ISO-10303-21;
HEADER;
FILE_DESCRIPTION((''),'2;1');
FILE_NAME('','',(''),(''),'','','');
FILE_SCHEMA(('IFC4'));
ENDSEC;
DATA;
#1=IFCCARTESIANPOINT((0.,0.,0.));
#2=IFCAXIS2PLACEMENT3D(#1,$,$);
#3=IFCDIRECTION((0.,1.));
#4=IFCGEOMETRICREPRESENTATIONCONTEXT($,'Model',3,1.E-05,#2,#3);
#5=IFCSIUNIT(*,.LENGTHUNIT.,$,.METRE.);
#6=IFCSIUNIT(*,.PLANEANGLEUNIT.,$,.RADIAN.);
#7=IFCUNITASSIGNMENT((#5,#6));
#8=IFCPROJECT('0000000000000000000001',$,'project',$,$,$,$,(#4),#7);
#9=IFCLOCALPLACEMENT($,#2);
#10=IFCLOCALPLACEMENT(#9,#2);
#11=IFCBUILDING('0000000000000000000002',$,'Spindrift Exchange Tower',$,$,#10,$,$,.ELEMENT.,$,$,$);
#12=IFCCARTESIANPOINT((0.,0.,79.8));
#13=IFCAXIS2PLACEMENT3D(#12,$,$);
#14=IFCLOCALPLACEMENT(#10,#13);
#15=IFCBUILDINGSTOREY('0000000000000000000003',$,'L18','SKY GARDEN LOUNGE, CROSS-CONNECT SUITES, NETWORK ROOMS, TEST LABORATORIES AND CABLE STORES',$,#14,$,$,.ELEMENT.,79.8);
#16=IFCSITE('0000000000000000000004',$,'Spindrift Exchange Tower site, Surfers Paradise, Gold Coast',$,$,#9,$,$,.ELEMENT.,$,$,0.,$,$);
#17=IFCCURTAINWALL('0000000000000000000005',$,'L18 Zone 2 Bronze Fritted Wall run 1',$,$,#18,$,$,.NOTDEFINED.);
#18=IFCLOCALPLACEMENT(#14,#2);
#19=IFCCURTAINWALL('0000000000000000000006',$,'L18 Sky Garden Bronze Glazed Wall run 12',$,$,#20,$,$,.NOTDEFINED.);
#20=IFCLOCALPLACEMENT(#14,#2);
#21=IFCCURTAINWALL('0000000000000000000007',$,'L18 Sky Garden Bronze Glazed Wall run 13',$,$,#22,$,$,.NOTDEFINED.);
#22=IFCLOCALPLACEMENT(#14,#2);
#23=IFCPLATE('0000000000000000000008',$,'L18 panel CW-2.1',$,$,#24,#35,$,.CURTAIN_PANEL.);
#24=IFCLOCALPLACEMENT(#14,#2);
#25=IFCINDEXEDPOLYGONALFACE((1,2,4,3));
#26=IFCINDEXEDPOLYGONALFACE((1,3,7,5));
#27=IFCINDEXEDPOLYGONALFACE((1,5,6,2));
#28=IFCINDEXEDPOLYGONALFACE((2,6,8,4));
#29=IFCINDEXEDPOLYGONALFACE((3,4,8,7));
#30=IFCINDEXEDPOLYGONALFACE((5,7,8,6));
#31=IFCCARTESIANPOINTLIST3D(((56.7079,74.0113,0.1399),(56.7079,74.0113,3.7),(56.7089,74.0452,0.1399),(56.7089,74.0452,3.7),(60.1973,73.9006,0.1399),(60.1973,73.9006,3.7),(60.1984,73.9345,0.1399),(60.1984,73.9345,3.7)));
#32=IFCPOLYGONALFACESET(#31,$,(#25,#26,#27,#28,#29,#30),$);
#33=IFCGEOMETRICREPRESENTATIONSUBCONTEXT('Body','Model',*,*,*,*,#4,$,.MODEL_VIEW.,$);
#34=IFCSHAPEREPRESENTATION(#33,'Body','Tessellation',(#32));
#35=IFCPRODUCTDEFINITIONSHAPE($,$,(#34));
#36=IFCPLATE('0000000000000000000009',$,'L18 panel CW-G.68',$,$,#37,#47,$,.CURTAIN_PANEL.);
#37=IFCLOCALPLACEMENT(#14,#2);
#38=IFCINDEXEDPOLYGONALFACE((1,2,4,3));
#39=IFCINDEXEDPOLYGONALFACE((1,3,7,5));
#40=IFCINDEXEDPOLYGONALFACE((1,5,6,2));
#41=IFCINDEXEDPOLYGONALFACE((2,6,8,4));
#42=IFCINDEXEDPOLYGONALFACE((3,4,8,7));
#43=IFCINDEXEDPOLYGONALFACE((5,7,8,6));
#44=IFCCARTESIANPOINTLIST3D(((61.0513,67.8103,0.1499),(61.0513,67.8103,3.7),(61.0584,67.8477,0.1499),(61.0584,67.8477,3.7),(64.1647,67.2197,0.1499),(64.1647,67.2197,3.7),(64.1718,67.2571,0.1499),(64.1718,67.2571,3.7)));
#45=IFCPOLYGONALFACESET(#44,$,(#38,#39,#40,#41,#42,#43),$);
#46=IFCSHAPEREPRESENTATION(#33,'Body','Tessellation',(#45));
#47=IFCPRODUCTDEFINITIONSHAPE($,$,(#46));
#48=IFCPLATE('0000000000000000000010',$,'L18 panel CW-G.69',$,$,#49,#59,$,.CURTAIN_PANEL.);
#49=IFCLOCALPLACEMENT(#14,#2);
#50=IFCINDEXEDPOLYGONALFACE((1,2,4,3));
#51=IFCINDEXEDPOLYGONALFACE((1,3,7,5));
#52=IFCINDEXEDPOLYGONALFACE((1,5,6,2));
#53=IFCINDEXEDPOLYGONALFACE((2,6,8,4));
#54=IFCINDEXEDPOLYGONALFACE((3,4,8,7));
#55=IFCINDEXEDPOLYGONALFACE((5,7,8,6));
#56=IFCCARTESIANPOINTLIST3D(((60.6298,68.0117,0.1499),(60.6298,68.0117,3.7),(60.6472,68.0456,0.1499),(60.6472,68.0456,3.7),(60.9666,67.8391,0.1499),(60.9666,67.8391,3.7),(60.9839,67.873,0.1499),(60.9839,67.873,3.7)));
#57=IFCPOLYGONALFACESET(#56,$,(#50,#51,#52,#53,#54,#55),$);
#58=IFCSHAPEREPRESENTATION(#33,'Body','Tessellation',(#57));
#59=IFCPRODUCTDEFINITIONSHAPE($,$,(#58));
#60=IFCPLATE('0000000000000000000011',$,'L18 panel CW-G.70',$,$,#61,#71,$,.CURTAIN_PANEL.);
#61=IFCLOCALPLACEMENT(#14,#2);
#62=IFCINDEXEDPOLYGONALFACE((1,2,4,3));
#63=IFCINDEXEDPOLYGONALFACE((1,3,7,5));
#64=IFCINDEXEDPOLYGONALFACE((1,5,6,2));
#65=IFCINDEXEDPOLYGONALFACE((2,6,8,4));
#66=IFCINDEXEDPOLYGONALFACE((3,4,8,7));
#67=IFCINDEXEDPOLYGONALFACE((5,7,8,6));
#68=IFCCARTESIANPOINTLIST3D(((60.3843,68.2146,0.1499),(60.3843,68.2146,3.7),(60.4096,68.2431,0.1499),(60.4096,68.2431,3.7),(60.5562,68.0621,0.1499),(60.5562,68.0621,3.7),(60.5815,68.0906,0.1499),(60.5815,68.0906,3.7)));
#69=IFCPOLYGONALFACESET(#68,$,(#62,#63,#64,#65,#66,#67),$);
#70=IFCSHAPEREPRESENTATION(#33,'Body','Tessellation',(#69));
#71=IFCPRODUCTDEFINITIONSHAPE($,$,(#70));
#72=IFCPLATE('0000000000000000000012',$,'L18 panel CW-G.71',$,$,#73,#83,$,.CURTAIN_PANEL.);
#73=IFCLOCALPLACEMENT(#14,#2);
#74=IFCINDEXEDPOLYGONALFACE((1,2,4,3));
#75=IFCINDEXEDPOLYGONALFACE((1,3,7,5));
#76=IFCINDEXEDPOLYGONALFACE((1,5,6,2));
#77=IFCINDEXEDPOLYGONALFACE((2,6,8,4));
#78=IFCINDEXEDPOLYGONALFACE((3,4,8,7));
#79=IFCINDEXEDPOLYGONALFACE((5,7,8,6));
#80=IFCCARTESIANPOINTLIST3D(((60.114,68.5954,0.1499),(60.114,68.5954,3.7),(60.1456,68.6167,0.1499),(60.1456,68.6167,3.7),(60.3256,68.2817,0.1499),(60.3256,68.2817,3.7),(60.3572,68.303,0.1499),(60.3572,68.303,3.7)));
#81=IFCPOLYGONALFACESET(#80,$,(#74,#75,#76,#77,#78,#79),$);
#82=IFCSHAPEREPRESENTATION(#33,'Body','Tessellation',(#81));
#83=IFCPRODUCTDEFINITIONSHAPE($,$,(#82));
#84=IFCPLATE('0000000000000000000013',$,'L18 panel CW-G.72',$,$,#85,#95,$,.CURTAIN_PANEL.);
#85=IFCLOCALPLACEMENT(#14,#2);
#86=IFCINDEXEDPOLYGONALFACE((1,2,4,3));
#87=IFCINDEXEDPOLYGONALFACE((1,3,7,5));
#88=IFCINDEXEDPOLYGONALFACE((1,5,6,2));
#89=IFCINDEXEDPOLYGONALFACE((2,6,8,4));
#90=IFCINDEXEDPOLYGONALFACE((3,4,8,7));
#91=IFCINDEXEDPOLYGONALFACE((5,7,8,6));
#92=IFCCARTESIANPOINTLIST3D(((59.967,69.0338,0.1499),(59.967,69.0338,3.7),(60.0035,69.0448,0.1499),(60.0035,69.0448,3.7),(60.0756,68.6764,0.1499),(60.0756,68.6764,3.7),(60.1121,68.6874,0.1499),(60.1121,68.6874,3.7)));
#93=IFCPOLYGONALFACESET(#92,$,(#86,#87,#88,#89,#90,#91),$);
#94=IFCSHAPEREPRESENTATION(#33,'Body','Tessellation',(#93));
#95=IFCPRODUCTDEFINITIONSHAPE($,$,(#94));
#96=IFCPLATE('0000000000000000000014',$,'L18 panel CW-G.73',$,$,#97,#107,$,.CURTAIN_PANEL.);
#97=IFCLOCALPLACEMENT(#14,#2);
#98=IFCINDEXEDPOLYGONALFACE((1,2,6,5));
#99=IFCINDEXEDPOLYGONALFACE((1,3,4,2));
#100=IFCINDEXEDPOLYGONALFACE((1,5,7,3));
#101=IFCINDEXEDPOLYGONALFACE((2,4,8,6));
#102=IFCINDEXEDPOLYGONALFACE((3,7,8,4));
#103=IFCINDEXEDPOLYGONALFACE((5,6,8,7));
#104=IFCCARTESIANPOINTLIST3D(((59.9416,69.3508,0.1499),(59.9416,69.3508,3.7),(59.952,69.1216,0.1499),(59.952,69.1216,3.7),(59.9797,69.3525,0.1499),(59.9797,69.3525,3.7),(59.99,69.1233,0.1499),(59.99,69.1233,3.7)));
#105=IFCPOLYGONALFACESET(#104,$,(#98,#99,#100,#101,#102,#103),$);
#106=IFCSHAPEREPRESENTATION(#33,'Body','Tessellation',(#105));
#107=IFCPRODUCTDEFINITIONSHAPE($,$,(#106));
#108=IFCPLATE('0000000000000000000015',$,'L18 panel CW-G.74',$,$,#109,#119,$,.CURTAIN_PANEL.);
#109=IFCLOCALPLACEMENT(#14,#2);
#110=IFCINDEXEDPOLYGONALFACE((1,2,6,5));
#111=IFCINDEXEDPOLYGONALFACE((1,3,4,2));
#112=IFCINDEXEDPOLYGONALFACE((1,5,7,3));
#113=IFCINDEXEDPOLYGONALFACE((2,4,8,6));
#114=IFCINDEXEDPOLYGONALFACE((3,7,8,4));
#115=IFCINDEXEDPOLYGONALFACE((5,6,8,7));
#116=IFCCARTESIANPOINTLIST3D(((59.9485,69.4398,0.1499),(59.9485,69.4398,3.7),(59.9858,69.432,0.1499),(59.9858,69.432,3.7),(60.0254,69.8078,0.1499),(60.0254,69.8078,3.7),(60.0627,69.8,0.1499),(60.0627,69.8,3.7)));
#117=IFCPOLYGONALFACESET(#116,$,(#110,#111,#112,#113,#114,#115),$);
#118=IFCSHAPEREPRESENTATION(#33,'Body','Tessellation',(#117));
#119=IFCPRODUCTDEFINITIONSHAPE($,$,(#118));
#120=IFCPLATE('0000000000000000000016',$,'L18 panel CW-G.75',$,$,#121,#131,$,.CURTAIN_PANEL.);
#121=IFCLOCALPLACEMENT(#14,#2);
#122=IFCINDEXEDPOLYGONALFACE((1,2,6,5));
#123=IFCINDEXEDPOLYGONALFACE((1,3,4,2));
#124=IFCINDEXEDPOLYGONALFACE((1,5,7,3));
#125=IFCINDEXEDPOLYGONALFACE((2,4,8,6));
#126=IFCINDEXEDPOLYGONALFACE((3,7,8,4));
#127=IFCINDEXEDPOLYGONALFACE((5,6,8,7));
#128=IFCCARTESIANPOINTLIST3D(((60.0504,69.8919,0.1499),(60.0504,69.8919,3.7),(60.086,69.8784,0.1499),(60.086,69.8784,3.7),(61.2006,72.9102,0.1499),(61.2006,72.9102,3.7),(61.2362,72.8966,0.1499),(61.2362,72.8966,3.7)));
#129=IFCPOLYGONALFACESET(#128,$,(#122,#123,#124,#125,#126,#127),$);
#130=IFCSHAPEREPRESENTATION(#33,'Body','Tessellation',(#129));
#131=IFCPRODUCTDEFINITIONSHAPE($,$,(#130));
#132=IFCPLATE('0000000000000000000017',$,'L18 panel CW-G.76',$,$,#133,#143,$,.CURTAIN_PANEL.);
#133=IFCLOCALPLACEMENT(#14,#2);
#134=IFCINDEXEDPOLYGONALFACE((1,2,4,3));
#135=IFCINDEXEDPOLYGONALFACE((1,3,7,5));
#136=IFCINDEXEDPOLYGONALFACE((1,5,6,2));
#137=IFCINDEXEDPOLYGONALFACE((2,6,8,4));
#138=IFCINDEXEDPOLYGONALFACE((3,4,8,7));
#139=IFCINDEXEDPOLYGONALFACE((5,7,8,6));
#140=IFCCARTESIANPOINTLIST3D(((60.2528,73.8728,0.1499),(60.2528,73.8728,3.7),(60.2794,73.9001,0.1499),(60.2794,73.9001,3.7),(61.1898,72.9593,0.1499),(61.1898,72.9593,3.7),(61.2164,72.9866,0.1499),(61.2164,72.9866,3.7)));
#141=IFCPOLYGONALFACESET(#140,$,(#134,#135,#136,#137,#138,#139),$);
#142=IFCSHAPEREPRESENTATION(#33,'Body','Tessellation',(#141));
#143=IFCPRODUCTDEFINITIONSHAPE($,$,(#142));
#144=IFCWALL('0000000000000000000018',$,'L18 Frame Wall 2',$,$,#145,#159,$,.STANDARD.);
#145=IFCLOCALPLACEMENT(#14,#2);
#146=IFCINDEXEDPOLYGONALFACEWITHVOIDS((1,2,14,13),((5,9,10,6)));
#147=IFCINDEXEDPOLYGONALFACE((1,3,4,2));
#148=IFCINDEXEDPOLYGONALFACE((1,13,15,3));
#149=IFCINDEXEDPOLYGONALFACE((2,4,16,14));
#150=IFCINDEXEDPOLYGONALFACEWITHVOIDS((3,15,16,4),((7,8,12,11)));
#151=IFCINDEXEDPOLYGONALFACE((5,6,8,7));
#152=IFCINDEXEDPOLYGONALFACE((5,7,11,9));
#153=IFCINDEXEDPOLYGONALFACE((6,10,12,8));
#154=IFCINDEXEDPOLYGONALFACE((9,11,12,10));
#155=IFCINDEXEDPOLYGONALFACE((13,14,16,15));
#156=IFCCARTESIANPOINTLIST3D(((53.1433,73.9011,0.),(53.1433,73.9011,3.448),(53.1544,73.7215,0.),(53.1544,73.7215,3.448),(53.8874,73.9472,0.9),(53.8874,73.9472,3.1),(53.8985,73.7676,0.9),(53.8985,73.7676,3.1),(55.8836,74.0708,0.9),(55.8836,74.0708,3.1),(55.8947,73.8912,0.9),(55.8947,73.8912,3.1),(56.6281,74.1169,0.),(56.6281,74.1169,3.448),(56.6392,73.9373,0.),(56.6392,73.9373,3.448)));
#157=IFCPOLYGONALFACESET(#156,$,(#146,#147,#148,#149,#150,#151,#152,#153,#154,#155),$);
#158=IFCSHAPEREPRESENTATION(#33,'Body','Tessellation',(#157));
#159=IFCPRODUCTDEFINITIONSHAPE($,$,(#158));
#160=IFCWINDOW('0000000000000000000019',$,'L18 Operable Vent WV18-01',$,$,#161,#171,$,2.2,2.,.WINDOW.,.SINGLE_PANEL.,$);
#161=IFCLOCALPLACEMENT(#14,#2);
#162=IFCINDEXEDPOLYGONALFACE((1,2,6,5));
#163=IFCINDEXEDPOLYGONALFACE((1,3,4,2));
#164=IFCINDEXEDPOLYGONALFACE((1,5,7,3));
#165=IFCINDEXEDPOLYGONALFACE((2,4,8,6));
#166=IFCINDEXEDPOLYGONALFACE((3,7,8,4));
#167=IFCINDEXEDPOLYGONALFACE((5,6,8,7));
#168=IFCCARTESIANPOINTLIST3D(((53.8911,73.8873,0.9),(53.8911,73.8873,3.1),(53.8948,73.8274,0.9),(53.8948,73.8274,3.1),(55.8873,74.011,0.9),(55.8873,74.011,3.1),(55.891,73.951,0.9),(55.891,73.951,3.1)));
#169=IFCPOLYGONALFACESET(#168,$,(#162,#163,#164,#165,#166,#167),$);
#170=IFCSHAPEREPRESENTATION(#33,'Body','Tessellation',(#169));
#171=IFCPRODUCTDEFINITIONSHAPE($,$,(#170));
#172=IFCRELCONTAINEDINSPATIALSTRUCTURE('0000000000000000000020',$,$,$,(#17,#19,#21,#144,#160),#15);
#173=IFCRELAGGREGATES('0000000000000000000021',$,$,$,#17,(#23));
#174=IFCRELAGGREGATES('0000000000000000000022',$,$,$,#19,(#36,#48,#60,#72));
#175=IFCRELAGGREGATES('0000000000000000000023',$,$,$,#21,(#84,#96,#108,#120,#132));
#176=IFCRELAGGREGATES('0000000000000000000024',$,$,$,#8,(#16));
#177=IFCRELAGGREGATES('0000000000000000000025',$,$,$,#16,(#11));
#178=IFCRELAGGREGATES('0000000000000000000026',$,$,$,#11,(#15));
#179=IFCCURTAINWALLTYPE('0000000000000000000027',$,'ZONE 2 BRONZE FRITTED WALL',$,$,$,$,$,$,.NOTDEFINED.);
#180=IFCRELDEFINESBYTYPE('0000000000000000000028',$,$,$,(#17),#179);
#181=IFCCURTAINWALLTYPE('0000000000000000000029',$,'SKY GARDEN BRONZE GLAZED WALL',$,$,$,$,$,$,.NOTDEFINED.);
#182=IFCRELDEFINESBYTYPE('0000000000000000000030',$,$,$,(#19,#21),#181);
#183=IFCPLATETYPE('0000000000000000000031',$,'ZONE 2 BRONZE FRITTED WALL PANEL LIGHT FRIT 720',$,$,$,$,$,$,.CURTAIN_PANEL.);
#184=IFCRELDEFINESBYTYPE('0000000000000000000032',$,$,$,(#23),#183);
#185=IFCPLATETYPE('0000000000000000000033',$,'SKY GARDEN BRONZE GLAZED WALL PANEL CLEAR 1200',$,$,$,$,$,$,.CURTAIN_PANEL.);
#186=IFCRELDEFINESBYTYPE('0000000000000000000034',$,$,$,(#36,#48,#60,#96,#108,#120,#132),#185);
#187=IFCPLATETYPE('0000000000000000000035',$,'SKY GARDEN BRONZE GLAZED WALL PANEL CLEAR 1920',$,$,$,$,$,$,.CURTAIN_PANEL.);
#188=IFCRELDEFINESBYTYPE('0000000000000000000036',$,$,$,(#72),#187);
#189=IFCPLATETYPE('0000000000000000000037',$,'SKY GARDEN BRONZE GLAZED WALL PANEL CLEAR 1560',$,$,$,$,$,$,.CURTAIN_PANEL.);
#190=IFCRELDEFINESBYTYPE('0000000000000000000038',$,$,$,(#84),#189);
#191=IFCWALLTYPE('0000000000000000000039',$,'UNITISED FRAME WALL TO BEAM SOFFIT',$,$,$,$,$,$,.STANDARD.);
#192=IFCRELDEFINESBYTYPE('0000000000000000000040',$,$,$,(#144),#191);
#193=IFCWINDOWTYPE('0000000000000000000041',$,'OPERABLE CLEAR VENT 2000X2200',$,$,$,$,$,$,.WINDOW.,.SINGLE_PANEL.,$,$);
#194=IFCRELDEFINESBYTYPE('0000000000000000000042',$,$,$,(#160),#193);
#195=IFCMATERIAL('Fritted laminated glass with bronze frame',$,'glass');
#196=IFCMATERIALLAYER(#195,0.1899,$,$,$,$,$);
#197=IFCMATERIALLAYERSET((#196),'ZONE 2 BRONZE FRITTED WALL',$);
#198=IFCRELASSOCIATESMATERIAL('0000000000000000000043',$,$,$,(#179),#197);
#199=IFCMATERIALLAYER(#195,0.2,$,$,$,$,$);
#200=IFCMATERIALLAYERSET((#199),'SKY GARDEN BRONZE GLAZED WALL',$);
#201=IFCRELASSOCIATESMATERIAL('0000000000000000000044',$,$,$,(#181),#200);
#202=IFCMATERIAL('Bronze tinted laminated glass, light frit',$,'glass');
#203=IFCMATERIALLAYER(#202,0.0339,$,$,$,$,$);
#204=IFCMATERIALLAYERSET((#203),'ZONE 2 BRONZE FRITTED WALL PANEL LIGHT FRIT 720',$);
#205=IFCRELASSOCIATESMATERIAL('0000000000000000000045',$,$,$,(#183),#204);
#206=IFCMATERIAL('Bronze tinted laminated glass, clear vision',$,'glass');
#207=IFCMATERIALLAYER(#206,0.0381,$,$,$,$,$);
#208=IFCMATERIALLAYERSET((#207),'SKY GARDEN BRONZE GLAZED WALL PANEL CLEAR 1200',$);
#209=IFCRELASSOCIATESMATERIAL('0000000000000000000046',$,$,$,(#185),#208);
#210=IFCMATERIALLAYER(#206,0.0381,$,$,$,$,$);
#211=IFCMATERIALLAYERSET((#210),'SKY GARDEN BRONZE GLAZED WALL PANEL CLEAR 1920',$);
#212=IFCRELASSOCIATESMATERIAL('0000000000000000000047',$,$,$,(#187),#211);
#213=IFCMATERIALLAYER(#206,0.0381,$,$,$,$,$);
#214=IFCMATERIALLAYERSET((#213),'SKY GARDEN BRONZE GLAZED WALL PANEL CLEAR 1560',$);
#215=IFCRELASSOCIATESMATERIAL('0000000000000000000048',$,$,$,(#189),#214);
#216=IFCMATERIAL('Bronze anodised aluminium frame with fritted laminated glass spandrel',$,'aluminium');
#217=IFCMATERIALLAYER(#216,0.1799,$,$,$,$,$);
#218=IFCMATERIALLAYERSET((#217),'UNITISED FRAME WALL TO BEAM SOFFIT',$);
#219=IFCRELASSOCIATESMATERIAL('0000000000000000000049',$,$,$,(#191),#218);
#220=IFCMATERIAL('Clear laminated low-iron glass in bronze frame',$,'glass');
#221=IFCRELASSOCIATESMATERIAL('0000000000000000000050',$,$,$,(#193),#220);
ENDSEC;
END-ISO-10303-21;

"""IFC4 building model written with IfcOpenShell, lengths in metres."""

from ifc_helpers import new_model, si_unit, direction, frame, frame_2d, origin, origin_2d, place, context, subcontext, project, spatial, rectangle, extrude, source, transform, mapped, material, layer, layer_set, type_object, element, fill, aggregate, save


model = new_model("IFC4")

# Units and contexts
model_context = context("Model", 3, precision=1e-05, world=origin(), true_north=direction((0.0, 1.0)))
body_context = subcontext(model_context, "Body", "Model", "MODEL_VIEW")
ifc_project = project(units=[si_unit("LENGTHUNIT", "METRE"), si_unit("PLANEANGLEUNIT", "RADIAN")], contexts=[model_context])

# Site, building, storey
site_placement = place(None, origin())
site = spatial("IfcSite", under=ifc_project, at=site_placement, Name="Spindrift Exchange Tower site, Surfers Paradise, Gold Coast", CompositionType="ELEMENT", RefElevation=0.0)
building_placement = place(site_placement, origin())
building = spatial("IfcBuilding", under=site, at=building_placement, Name="Spindrift Exchange Tower", CompositionType="ELEMENT")
storey_placement = place(building_placement, frame((0.0, 0.0, 79.8)))
storey = spatial("IfcBuildingStorey", under=building, at=storey_placement, Name="L18", Description="SKY GARDEN LOUNGE, CROSS-CONNECT SUITES, NETWORK ROOMS, TEST LABORATORIES AND CABLE STORES", CompositionType="ELEMENT", Elevation=79.8)

# Curtain walls
ifc_material_1 = material(Name="Fritted laminated glass with bronze frame", Category="glass")
ifc_layer_1 = layer(ifc_material_1, 0.1899)
ifc_layer_set_1 = layer_set([ifc_layer_1], Name="ZONE 2 BRONZE FRITTED WALL")
curtain_wall_type_1 = type_object("IfcCurtainWallType", Name="ZONE 2 BRONZE FRITTED WALL", PredefinedType="NOTDEFINED", material=ifc_layer_set_1)
curtain_wall_1_placement = place(storey_placement, origin())
curtain_wall_1 = element("IfcCurtainWall", 1, at=curtain_wall_1_placement, inside=storey, type_object=curtain_wall_type_1, Name="L18 Zone 2 Bronze Fritted Wall run 1", PredefinedType="NOTDEFINED")
ifc_layer_2 = layer(ifc_material_1, 0.2)
ifc_layer_set_2 = layer_set([ifc_layer_2], Name="SKY GARDEN BRONZE GLAZED WALL")
curtain_wall_type_2 = type_object("IfcCurtainWallType", Name="SKY GARDEN BRONZE GLAZED WALL", PredefinedType="NOTDEFINED", material=ifc_layer_set_2)
curtain_wall_2_placement = place(storey_placement, origin())
curtain_wall_2 = element("IfcCurtainWall", 2, at=curtain_wall_2_placement, inside=storey, type_object=curtain_wall_type_2, Name="L18 Sky Garden Bronze Glazed Wall run 12", PredefinedType="NOTDEFINED")
curtain_wall_3_placement = place(storey_placement, origin())
curtain_wall_3 = element("IfcCurtainWall", 3, at=curtain_wall_3_placement, inside=storey, type_object=curtain_wall_type_2, Name="L18 Sky Garden Bronze Glazed Wall run 13", PredefinedType="NOTDEFINED")

# Plates
ifc_material_2 = material(Name="Bronze tinted laminated glass, light frit", Category="glass")
ifc_layer_3 = layer(ifc_material_2, 0.0339)
ifc_layer_set_3 = layer_set([ifc_layer_3], Name="ZONE 2 BRONZE FRITTED WALL PANEL LIGHT FRIT 720")
plate_type_1 = type_object("IfcPlateType", Name="ZONE 2 BRONZE FRITTED WALL PANEL LIGHT FRIT 720", PredefinedType="CURTAIN_PANEL", material=ifc_layer_set_3)
shared_shape_1 = source(origin(), body_context, "Body", "SweptSolid", [
    extrude(rectangle(XDim=3.4912, YDim=0.0339, at=origin_2d()), origin(), (0.0, 0.0, 1.0), 3.5601),
])
plate_1_placement = place(storey_placement, frame((58.4531, 73.9729, 0.1399), z_axis=(0.0, 0.0, 1.0), x_axis=(-0.999497, 0.031714, 0.0)))
plate_1 = element("IfcPlate", 4, at=plate_1_placement, type_object=plate_type_1, Name="L18 panel CW-2.1", PredefinedType="CURTAIN_PANEL", context=body_context, shape_type="MappedRepresentation", body=[
    mapped(shared_shape_1, transform((0.0, 0.0, 0.0), scale=1.0)),
])
aggregate(curtain_wall_1, [plate_1])
ifc_material_3 = material(Name="Bronze tinted laminated glass, clear vision", Category="glass")
ifc_layer_4 = layer(ifc_material_3, 0.0381)
ifc_layer_set_4 = layer_set([ifc_layer_4], Name="SKY GARDEN BRONZE GLAZED WALL PANEL CLEAR 1200")
plate_type_2 = type_object("IfcPlateType", Name="SKY GARDEN BRONZE GLAZED WALL PANEL CLEAR 1200", PredefinedType="CURTAIN_PANEL", material=ifc_layer_set_4)
shared_shape_2 = source(origin(), body_context, "Body", "SweptSolid", [
    extrude(rectangle(XDim=3.1689, YDim=0.0381, at=origin_2d()), origin(), (0.0, 0.0, 1.0), 3.55),
])
plate_2_placement = place(storey_placement, frame((62.6116, 67.5337, 0.1499), z_axis=(0.0, 0.0, 1.0), x_axis=(-0.982483, 0.186354, 0.0)))
plate_2 = element("IfcPlate", 5, at=plate_2_placement, type_object=plate_type_2, Name="L18 panel CW-G.68", PredefinedType="CURTAIN_PANEL", context=body_context, shape_type="MappedRepresentation", body=[
    mapped(shared_shape_2, transform((0.0, 0.0, 0.0), scale=1.0)),
])
shared_shape_3 = source(origin(), body_context, "Body", "SweptSolid", [
    extrude(rectangle(XDim=0.3784, YDim=0.0381, at=origin_2d()), origin(), (0.0, 0.0, 1.0), 3.55),
])
plate_3_placement = place(storey_placement, frame((60.8069, 67.9424, 0.1499), z_axis=(0.0, 0.0, 1.0), x_axis=(-0.889894, 0.456168, 0.0)))
plate_3 = element("IfcPlate", 6, at=plate_3_placement, type_object=plate_type_2, Name="L18 panel CW-G.69", PredefinedType="CURTAIN_PANEL", context=body_context, shape_type="MappedRepresentation", body=[
    mapped(shared_shape_3, transform((0.0, 0.0, 0.0), scale=1.0)),
])
shared_shape_4 = source(origin(), body_context, "Body", "SweptSolid", [
    extrude(rectangle(XDim=0.2297, YDim=0.0381, at=origin_2d()), origin(), (0.0, 0.0, 1.0), 3.55),
])
plate_4_placement = place(storey_placement, frame((60.4829, 68.1526, 0.1499), z_axis=(0.0, 0.0, 1.0), x_axis=(-0.74811, 0.663575, 0.0)))
plate_4 = element("IfcPlate", 7, at=plate_4_placement, type_object=plate_type_2, Name="L18 panel CW-G.70", PredefinedType="CURTAIN_PANEL", context=body_context, shape_type="MappedRepresentation", body=[
    mapped(shared_shape_4, transform((0.0, 0.0, 0.0), scale=1.0)),
])
ifc_layer_5 = layer(ifc_material_3, 0.0381)
ifc_layer_set_5 = layer_set([ifc_layer_5], Name="SKY GARDEN BRONZE GLAZED WALL PANEL CLEAR 1920")
plate_type_3 = type_object("IfcPlateType", Name="SKY GARDEN BRONZE GLAZED WALL PANEL CLEAR 1920", PredefinedType="CURTAIN_PANEL", material=ifc_layer_set_5)
shared_shape_5 = source(origin(), body_context, "Body", "SweptSolid", [
    extrude(rectangle(XDim=0.3784, YDim=0.0381, at=origin_2d()), origin(), (0.0, 0.0, 1.0), 3.55),
])
plate_5_placement = place(storey_placement, frame((60.2356, 68.4492, 0.1499), z_axis=(0.0, 0.0, 1.0), x_axis=(-0.559272, 0.828984, 0.0)))
plate_5 = element("IfcPlate", 8, at=plate_5_placement, type_object=plate_type_3, Name="L18 panel CW-G.71", PredefinedType="CURTAIN_PANEL", context=body_context, shape_type="MappedRepresentation", body=[
    mapped(shared_shape_5, transform((0.0, 0.0, 0.0), scale=1.0)),
])
aggregate(curtain_wall_2, [plate_2, plate_3, plate_4, plate_5])
ifc_layer_6 = layer(ifc_material_3, 0.0381)
ifc_layer_set_6 = layer_set([ifc_layer_6], Name="SKY GARDEN BRONZE GLAZED WALL PANEL CLEAR 1560")
plate_type_4 = type_object("IfcPlateType", Name="SKY GARDEN BRONZE GLAZED WALL PANEL CLEAR 1560", PredefinedType="CURTAIN_PANEL", material=ifc_layer_set_6)
shared_shape_6 = source(origin(), body_context, "Body", "SweptSolid", [
    extrude(rectangle(XDim=0.3735, YDim=0.0381, at=origin_2d()), origin(), (0.0, 0.0, 1.0), 3.55),
])
plate_6_placement = place(storey_placement, frame((60.0396, 68.8606, 0.1499), z_axis=(0.0, 0.0, 1.0), x_axis=(-0.290727, 0.956806, 0.0)))
plate_6 = element("IfcPlate", 9, at=plate_6_placement, type_object=plate_type_4, Name="L18 panel CW-G.72", PredefinedType="CURTAIN_PANEL", context=body_context, shape_type="MappedRepresentation", body=[
    mapped(shared_shape_6, transform((0.0, 0.0, 0.0), scale=1.0)),
])
shared_shape_7 = source(origin(), body_context, "Body", "SweptSolid", [
    extrude(rectangle(XDim=0.2295, YDim=0.0381, at=origin_2d()), origin(), (0.0, 0.0, 1.0), 3.55),
])
plate_7_placement = place(storey_placement, frame((59.9658, 69.2371, 0.1499), z_axis=(0.0, 0.0, 1.0), x_axis=(-0.045135, 0.998981, 0.0)))
plate_7 = element("IfcPlate", 10, at=plate_7_placement, type_object=plate_type_2, Name="L18 panel CW-G.73", PredefinedType="CURTAIN_PANEL", context=body_context, shape_type="MappedRepresentation", body=[
    mapped(shared_shape_7, transform((0.0, 0.0, 0.0), scale=1.0)),
])
shared_shape_8 = source(origin(), body_context, "Body", "SweptSolid", [
    extrude(rectangle(XDim=0.376, YDim=0.0381, at=origin_2d()), origin(), (0.0, 0.0, 1.0), 3.55),
])
plate_8_placement = place(storey_placement, frame((60.0056, 69.6199, 0.1499), z_axis=(0.0, 0.0, 1.0), x_axis=(0.204535, 0.978859, 0.0)))
plate_8 = element("IfcPlate", 11, at=plate_8_placement, type_object=plate_type_2, Name="L18 panel CW-G.74", PredefinedType="CURTAIN_PANEL", context=body_context, shape_type="MappedRepresentation", body=[
    mapped(shared_shape_8, transform((0.0, 0.0, 0.0), scale=1.0)),
])
shared_shape_9 = source(origin(), body_context, "Body", "SweptSolid", [
    extrude(rectangle(XDim=3.23, YDim=0.0381, at=origin_2d()), origin(), (0.0, 0.0, 1.0), 3.55),
])
plate_9_placement = place(storey_placement, frame((60.6433, 71.3943, 0.1499), z_axis=(0.0, 0.0, 1.0), x_axis=(0.356097, 0.934449, 0.0)))
plate_9 = element("IfcPlate", 12, at=plate_9_placement, type_object=plate_type_2, Name="L18 panel CW-G.75", PredefinedType="CURTAIN_PANEL", context=body_context, shape_type="MappedRepresentation", body=[
    mapped(shared_shape_9, transform((0.0, 0.0, 0.0), scale=1.0)),
])
shared_shape_10 = source(origin(), body_context, "Body", "SweptSolid", [
    extrude(rectangle(XDim=1.3086, YDim=0.0381, at=origin_2d()), origin(), (0.0, 0.0, 1.0), 3.55),
])
plate_10_placement = place(storey_placement, frame((60.7346, 73.4297, 0.1499), z_axis=(0.0, 0.0, 1.0), x_axis=(-0.716019, 0.69808, 0.0)))
plate_10 = element("IfcPlate", 13, at=plate_10_placement, type_object=plate_type_2, Name="L18 panel CW-G.76", PredefinedType="CURTAIN_PANEL", context=body_context, shape_type="MappedRepresentation", body=[
    mapped(shared_shape_10, transform((0.0, 0.0, 0.0), scale=1.0)),
])
aggregate(curtain_wall_3, [plate_6, plate_7, plate_8, plate_9, plate_10])

# Wall, opening, window
ifc_material_4 = material(Name="Bronze anodised aluminium frame with fritted laminated glass spandrel", Category="aluminium")
ifc_layer_7 = layer(ifc_material_4, 0.1799)
ifc_layer_set_7 = layer_set([ifc_layer_7], Name="UNITISED FRAME WALL TO BEAM SOFFIT")
wall_type = type_object("IfcWallType", Name="UNITISED FRAME WALL TO BEAM SOFFIT", PredefinedType="STANDARD", material=ifc_layer_set_7)
wall_placement = place(storey_placement, frame((56.6335, 74.0271, 0.0), z_axis=(0.0, 0.0, 1.0), x_axis=(-0.998088, -0.061812, 0.0)))
wall = element("IfcWall", 14, at=wall_placement, inside=storey, type_object=wall_type, Name="L18 Frame Wall 2", PredefinedType="STANDARD", context=body_context, shape_type="SweptSolid", body=[
    extrude(rectangle(XDim=3.4915, YDim=0.1799, at=frame_2d((1.7456, 0.0))), origin(), (0.0, 0.0, 1.0), 3.448),
])
opening_placement = place(wall_placement, frame((0.7458, 0.0, 0.8999)))
opening = element("IfcOpeningElement", 15, at=opening_placement, cuts=wall, PredefinedType="OPENING", context=body_context, shape_type="SweptSolid", body=[
    extrude(rectangle(XDim=2.0, YDim=2.2, at=frame_2d((1.0, 1.1001))), frame((0.0, 0.0999, 0.0), z_axis=(0.0, -1.0, 0.0), x_axis=(1.0, 0.0, 0.0)), (0.0, 0.0, 1.0), 0.2),
])
ifc_material_5 = material(Name="Clear laminated low-iron glass in bronze frame", Category="glass")
window_type = type_object("IfcWindowType", Name="OPERABLE CLEAR VENT 2000X2200", PartitioningType="SINGLE_PANEL", PredefinedType="WINDOW", material=ifc_material_5)
shared_shape_11 = source(origin(), body_context, "Body", "SweptSolid", [
    extrude(rectangle(XDim=2.0, YDim=2.2, at=frame_2d((1.0, 1.1001))), frame((0.0, 0.03, 0.0), z_axis=(0.0, -1.0, 0.0), x_axis=(1.0, 0.0, 0.0)), (0.0, 0.0, 1.0), 0.0601),
])
window_placement = place(opening_placement, origin())
window = element("IfcWindow", 16, at=window_placement, inside=storey, type_object=window_type, Name="L18 Operable Vent WV18-01", OverallHeight=2.2, OverallWidth=2.0, PartitioningType="SINGLE_PANEL", PredefinedType="WINDOW", context=body_context, shape_type="MappedRepresentation", body=[
    mapped(shared_shape_11, transform((0.0, 0.0, 0.0), scale=1.0)),
])
fill(opening, window)

save(model, "model.ifc")
